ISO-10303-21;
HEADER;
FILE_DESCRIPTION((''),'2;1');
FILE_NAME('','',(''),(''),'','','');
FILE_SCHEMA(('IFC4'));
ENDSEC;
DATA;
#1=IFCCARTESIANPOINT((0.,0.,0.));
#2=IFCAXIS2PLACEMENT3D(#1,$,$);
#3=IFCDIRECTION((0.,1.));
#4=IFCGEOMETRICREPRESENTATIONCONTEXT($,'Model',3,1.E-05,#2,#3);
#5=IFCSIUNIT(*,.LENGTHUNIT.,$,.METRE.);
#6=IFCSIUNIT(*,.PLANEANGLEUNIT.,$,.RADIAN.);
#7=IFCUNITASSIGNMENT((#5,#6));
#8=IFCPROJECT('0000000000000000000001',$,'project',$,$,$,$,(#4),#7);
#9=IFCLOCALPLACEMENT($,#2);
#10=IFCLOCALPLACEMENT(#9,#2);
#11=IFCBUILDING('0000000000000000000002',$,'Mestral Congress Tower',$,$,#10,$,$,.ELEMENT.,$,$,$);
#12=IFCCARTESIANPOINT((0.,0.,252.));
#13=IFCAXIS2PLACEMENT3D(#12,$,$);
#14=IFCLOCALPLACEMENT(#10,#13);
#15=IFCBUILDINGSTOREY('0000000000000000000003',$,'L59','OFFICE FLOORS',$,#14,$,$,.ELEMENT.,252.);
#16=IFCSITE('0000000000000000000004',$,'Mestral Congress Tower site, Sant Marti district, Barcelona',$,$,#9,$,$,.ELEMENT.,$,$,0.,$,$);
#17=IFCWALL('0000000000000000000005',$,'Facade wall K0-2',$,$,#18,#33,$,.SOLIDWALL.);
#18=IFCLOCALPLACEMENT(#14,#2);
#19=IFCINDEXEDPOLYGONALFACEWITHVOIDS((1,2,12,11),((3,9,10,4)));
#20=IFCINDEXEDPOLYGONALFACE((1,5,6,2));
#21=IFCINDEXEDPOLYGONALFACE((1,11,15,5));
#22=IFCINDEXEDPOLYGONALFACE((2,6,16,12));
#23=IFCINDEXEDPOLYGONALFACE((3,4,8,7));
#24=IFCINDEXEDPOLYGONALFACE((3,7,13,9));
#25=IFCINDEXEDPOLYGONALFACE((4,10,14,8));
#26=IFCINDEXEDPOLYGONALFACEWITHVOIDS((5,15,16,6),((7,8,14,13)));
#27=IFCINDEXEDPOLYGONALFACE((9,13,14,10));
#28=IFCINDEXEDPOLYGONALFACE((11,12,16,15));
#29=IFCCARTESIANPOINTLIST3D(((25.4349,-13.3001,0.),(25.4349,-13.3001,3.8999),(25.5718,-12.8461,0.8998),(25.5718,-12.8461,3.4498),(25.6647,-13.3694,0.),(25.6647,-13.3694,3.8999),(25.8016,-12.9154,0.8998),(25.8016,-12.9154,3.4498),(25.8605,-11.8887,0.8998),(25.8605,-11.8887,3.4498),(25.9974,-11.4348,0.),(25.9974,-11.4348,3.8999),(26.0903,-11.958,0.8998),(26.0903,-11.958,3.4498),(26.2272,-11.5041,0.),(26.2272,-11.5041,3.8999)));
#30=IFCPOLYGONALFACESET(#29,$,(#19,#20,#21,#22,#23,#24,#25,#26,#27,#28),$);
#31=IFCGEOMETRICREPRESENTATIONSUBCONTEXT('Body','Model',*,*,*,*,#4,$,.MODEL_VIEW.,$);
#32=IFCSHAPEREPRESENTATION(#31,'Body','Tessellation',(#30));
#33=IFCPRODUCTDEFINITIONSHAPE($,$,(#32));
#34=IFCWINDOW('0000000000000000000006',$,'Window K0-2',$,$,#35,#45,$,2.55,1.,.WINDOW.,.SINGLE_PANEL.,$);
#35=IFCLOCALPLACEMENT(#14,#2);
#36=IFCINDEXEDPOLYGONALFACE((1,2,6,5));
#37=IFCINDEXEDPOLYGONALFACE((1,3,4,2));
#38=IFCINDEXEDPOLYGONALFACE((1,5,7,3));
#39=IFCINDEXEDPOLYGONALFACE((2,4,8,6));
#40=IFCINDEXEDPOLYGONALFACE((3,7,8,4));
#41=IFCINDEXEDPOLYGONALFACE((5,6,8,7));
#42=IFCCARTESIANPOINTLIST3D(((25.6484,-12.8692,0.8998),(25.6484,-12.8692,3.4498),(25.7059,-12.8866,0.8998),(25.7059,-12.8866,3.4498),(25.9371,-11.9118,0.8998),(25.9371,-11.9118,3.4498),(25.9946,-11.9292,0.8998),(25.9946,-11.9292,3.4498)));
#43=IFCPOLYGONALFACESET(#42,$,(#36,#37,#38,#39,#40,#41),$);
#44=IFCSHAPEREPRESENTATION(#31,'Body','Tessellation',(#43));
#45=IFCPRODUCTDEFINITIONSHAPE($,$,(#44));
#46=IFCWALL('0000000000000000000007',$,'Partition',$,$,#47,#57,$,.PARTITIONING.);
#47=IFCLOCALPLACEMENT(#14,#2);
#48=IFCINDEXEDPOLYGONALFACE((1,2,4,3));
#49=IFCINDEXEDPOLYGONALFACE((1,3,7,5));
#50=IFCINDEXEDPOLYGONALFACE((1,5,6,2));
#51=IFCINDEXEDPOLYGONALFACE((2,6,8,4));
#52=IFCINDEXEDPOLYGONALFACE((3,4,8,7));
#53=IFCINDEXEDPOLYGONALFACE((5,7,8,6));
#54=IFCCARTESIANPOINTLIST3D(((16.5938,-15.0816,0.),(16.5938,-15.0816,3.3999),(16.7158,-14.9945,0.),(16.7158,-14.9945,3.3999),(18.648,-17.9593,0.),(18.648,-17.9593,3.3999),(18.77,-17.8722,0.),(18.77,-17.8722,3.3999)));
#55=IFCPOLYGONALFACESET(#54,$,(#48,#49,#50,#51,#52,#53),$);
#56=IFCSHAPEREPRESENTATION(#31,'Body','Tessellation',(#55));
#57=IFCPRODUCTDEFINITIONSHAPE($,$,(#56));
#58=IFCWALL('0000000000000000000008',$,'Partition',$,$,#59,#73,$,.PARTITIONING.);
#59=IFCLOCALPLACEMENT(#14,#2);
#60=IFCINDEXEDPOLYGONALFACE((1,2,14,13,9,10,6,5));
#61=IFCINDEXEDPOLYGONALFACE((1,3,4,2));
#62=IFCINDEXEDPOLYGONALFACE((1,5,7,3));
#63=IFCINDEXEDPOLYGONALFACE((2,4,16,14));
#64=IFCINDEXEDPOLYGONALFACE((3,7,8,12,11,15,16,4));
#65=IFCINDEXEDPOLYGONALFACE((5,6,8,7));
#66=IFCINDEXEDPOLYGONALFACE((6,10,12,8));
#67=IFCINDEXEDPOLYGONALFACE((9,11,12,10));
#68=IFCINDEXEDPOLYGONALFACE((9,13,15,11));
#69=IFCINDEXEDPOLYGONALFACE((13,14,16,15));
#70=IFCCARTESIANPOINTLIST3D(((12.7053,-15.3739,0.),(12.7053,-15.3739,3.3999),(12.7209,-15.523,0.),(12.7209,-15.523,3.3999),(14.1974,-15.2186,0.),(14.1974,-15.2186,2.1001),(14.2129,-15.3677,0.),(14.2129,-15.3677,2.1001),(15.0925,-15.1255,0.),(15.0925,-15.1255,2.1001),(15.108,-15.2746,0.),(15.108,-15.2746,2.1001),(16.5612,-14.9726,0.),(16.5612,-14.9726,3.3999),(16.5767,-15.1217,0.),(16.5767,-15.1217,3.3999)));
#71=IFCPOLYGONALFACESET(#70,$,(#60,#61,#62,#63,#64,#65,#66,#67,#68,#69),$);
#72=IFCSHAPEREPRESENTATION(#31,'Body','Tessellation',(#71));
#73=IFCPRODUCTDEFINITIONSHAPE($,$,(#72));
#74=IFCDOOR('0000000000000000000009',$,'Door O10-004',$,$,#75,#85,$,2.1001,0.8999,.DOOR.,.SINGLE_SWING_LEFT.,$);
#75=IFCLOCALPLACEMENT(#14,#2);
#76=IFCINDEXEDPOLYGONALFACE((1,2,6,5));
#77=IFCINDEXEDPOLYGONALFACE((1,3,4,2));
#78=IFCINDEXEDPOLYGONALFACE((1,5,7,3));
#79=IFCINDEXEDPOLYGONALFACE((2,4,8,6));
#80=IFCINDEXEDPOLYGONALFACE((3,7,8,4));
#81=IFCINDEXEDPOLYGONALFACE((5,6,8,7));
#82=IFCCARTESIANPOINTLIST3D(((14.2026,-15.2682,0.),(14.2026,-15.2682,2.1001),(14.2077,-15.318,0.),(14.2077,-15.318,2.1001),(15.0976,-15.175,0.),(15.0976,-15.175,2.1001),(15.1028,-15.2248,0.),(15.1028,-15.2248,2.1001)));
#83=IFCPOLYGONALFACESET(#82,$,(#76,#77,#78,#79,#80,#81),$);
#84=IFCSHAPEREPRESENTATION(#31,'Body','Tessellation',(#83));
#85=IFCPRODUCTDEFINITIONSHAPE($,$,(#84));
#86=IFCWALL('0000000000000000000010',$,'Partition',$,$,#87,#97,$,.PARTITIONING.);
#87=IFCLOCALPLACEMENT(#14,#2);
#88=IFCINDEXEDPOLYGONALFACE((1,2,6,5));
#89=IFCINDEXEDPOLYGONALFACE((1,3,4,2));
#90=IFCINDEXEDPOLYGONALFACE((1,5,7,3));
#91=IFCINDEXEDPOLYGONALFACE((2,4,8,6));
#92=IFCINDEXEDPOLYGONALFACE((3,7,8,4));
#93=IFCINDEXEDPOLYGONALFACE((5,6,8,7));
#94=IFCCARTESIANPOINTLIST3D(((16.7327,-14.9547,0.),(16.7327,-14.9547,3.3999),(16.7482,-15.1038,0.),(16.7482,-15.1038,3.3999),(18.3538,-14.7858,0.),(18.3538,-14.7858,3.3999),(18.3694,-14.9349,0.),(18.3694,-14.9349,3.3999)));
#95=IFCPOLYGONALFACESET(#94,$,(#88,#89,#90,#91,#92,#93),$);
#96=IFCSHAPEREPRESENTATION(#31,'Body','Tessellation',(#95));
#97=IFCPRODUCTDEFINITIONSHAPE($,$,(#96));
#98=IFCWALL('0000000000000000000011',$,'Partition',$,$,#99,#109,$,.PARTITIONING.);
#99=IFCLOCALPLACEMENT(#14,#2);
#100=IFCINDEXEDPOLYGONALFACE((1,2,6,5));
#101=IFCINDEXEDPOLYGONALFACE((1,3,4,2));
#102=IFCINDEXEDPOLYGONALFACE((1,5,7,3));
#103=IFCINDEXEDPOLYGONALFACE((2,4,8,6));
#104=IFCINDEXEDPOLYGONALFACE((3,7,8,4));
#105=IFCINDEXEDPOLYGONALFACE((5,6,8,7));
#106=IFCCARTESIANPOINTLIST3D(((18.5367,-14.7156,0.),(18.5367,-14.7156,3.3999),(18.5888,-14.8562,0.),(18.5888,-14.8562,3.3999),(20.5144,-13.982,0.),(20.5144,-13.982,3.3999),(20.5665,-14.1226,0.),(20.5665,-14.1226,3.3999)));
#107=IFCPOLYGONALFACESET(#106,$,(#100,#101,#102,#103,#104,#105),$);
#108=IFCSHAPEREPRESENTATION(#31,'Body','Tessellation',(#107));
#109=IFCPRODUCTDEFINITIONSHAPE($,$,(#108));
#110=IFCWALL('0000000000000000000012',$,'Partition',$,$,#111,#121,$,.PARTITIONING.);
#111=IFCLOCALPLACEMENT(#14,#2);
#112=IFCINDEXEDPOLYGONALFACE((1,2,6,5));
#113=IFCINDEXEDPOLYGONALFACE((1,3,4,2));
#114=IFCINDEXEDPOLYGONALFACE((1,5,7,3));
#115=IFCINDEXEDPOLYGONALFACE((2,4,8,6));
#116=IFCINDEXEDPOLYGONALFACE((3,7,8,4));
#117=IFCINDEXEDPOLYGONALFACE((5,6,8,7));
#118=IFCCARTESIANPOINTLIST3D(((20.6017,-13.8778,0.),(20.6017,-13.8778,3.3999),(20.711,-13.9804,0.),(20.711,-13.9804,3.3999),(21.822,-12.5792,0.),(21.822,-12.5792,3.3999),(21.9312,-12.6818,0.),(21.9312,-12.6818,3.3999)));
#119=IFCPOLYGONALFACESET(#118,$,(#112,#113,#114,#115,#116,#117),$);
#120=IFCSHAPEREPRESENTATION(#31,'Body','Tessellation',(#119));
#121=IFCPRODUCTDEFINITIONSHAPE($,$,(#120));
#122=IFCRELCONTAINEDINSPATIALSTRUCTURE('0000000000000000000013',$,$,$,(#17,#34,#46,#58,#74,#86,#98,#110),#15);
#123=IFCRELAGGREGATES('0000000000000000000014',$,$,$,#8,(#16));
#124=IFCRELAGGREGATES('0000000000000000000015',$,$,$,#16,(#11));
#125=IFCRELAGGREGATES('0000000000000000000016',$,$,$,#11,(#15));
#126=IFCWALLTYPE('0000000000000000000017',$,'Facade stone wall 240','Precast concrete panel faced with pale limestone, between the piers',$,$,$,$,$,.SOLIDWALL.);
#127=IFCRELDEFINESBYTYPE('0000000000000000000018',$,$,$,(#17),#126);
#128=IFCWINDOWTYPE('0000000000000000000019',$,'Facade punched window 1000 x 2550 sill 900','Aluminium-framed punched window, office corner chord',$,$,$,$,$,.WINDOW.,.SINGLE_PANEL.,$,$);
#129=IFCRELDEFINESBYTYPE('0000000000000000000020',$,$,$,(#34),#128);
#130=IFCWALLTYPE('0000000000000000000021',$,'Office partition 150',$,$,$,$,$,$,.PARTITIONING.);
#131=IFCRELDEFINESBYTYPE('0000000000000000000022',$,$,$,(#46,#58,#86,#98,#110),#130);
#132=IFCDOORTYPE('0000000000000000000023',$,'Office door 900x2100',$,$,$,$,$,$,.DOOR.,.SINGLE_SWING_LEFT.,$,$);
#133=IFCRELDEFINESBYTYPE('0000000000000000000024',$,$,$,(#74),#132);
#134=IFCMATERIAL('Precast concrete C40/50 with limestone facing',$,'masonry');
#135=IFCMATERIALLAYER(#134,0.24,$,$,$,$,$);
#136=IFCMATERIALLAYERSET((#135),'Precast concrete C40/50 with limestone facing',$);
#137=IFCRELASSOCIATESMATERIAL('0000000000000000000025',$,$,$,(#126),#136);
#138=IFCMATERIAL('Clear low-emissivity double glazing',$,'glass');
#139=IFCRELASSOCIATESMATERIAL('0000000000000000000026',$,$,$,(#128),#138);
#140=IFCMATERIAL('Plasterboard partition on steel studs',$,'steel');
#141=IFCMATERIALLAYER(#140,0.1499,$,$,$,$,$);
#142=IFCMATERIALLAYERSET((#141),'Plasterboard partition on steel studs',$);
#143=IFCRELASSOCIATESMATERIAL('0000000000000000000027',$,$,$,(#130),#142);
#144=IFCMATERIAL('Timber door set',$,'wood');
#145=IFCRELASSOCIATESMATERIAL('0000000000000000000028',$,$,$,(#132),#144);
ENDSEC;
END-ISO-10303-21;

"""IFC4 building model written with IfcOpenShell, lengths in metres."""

from ifc_helpers import new_model, si_unit, direction, frame, frame_2d, origin, place, context, subcontext, project, spatial, rectangle, extrude, material, layer, layer_set, type_object, element, fill, save


model = new_model("IFC4")

# Units and contexts
model_context = context("Model", 3, precision=1e-05, world=origin(), true_north=direction((0.0, 1.0)))
body_context = subcontext(model_context, "Body", "Model", "MODEL_VIEW")
ifc_project = project(units=[si_unit("LENGTHUNIT", "METRE"), si_unit("PLANEANGLEUNIT", "RADIAN")], contexts=[model_context])

# Site, building, storey
site_placement = place(None, origin())
site = spatial("IfcSite", under=ifc_project, at=site_placement, Name="Mestral Congress Tower site, Sant Marti district, Barcelona", CompositionType="ELEMENT", RefElevation=0.0)
building_placement = place(site_placement, origin())
building = spatial("IfcBuilding", under=site, at=building_placement, Name="Mestral Congress Tower", CompositionType="ELEMENT")
storey_placement = place(building_placement, frame((0.0, 0.0, 252.0)))
storey = spatial("IfcBuildingStorey", under=building, at=storey_placement, Name="L59", Description="OFFICE FLOORS", CompositionType="ELEMENT", Elevation=252.0)

# Shared definitions
ifc_material_1 = material(Name="Precast concrete C40/50 with limestone facing", Category="masonry")
ifc_layer_1 = layer(ifc_material_1, 0.24)
ifc_layer_set_1 = layer_set([ifc_layer_1], Name="Precast concrete C40/50 with limestone facing")
wall_type_1 = type_object("IfcWallType", Name="Facade stone wall 240", Description="Precast concrete panel faced with pale limestone, between the piers", PredefinedType="SOLIDWALL", material=ifc_layer_set_1)
ifc_material_2 = material(Name="Clear low-emissivity double glazing", Category="glass")

# Wall, opening, window
window_type_1 = type_object("IfcWindowType", Name="Facade punched window 1000 x 2550 sill 900", Description="Aluminium-framed punched window, office corner chord", PartitioningType="SINGLE_PANEL", PredefinedType="WINDOW", material=ifc_material_2)
wall_1_placement = place(storey_placement, frame((25.5498, -13.3347, 0.0), z_axis=(0.0, 0.0, 1.0), x_axis=(0.288727, 0.957411, 0.0)))
wall_1 = element("IfcWall", 1, at=wall_1_placement, inside=storey, type_object=wall_type_1, Name="Facade wall K0-2", PredefinedType="SOLIDWALL", context=body_context, shape_type="SweptSolid", body=[
    extrude(rectangle(XDim=1.9482, YDim=0.24, at=frame_2d((0.9741, 0.0))), origin(), (0.0, 0.0, 1.0), 3.8999),
])
opening_1_placement = place(wall_1_placement, frame((0.4741, 0.0, 0.8999)))
opening_1 = element("IfcOpeningElement", 2, at=opening_1_placement, cuts=wall_1, PredefinedType="OPENING", context=body_context, shape_type="SweptSolid", body=[
    extrude(rectangle(XDim=1.0, YDim=2.55, at=frame_2d((0.5, 1.2749))), frame((0.0, 0.1299, 0.0), z_axis=(0.0, -1.0, 0.0), x_axis=(1.0, 0.0, 0.0)), (0.0, 0.0, 1.0), 0.26),
])
window_1_placement = place(opening_1_placement, origin())
window_1 = element("IfcWindow", 3, at=window_1_placement, inside=storey, type_object=window_type_1, Name="Window K0-2", OverallHeight=2.55, OverallWidth=1.0, PartitioningType="SINGLE_PANEL", PredefinedType="WINDOW", context=body_context, shape_type="SweptSolid", body=[
    extrude(rectangle(XDim=1.0, YDim=2.55, at=frame_2d((0.5, 1.2749))), frame((0.0, 0.04, 0.0), z_axis=(0.0, -1.0, 0.0), x_axis=(1.0, 0.0, 0.0)), (0.0, 0.0, 1.0), 0.0601),
])
fill(opening_1, window_1)

# Wall
ifc_material_3 = material(Name="Plasterboard partition on steel studs", Category="steel")
ifc_layer_2 = layer(ifc_material_3, 0.1499)
ifc_layer_set_2 = layer_set([ifc_layer_2], Name="Plasterboard partition on steel studs")
wall_type_2 = type_object("IfcWallType", Name="Office partition 150", PredefinedType="PARTITIONING", material=ifc_layer_set_2)
wall_2_placement = place(storey_placement, frame((16.6548, -15.0381, 0.0), z_axis=(0.0, 0.0, 1.0), x_axis=(0.580996, -0.813906, 0.0)))
element("IfcWall", 4, at=wall_2_placement, inside=storey, type_object=wall_type_2, Name="Partition", PredefinedType="PARTITIONING", context=body_context, shape_type="SweptSolid", body=[
    extrude(rectangle(XDim=3.5356, YDim=0.1499, at=frame_2d((1.7678, 0.0))), origin(), (0.0, 0.0, 1.0), 3.3999),
])

# Wall, opening, door
wall_3_placement = place(storey_placement, frame((16.5691, -15.0471, 0.0), z_axis=(0.0, 0.0, 1.0), x_axis=(-0.994626, -0.103531, 0.0)))
wall_3 = element("IfcWall", 5, at=wall_3_placement, inside=storey, type_object=wall_type_2, Name="Partition", PredefinedType="PARTITIONING", context=body_context, shape_type="SweptSolid", body=[
    extrude(rectangle(XDim=3.8767, YDim=0.1499, at=frame_2d((1.9385, 0.0))), origin(), (0.0, 0.0, 1.0), 3.3999),
])
opening_2_placement = place(wall_3_placement, frame((1.4768, 0.0, 0.0)))
opening_2 = element("IfcOpeningElement", 6, at=opening_2_placement, cuts=wall_3, PredefinedType="OPENING", context=body_context, shape_type="SweptSolid", body=[
    extrude(rectangle(XDim=0.8999, YDim=2.1001, at=frame_2d((0.45, 1.05))), frame((0.0, 0.085, 0.0), z_axis=(0.0, -1.0, 0.0), x_axis=(1.0, 0.0, 0.0)), (0.0, 0.0, 1.0), 0.1699),
])
ifc_material_4 = material(Name="Timber door set", Category="wood")
door_type = type_object("IfcDoorType", Name="Office door 900x2100", OperationType="SINGLE_SWING_LEFT", PredefinedType="DOOR", material=ifc_material_4)
door_placement = place(opening_2_placement, origin())
door = element("IfcDoor", 7, at=door_placement, inside=storey, type_object=door_type, Name="Door O10-004", OperationType="SINGLE_SWING_LEFT", OverallHeight=2.1001, OverallWidth=0.8999, PredefinedType="DOOR", context=body_context, shape_type="SweptSolid", body=[
    extrude(rectangle(XDim=0.8999, YDim=2.1001, at=frame_2d((0.45, 1.05))), frame((0.0, 0.0249, 0.0), z_axis=(0.0, -1.0, 0.0), x_axis=(1.0, 0.0, 0.0)), (0.0, 0.0, 1.0), 0.05),
])
fill(opening_2, door)

# Walls
wall_4_placement = place(storey_placement, frame((16.7405, -15.0293, 0.0), z_axis=(0.0, 0.0, 1.0), x_axis=(0.994613, 0.103655, 0.0)))
element("IfcWall", 8, at=wall_4_placement, inside=storey, type_object=wall_type_2, Name="Partition", PredefinedType="PARTITIONING", context=body_context, shape_type="SweptSolid", body=[
    extrude(rectangle(XDim=1.6299, YDim=0.1499, at=frame_2d((0.8149, 0.0))), origin(), (0.0, 0.0, 1.0), 3.3999),
])
wall_5_placement = place(storey_placement, frame((18.5627, -14.7859, 0.0), z_axis=(0.0, 0.0, 1.0), x_axis=(0.937574, 0.347785, 0.0)))
element("IfcWall", 9, at=wall_5_placement, inside=storey, type_object=wall_type_2, Name="Partition", PredefinedType="PARTITIONING", context=body_context, shape_type="SweptSolid", body=[
    extrude(rectangle(XDim=2.1094, YDim=0.1499, at=frame_2d((1.0547, 0.0))), origin(), (0.0, 0.0, 1.0), 3.3999),
])
wall_6_placement = place(storey_placement, frame((20.6562, -13.9292, 0.0), z_axis=(0.0, 0.0, 1.0), x_axis=(0.684775, 0.728755, 0.0)))
element("IfcWall", 10, at=wall_6_placement, inside=storey, type_object=wall_type_2, Name="Partition", PredefinedType="PARTITIONING", context=body_context, shape_type="SweptSolid", body=[
    extrude(rectangle(XDim=1.782, YDim=0.1499, at=frame_2d((0.8911, 0.0))), origin(), (0.0, 0.0, 1.0), 3.3999),
])

save(model, "model.ifc")
